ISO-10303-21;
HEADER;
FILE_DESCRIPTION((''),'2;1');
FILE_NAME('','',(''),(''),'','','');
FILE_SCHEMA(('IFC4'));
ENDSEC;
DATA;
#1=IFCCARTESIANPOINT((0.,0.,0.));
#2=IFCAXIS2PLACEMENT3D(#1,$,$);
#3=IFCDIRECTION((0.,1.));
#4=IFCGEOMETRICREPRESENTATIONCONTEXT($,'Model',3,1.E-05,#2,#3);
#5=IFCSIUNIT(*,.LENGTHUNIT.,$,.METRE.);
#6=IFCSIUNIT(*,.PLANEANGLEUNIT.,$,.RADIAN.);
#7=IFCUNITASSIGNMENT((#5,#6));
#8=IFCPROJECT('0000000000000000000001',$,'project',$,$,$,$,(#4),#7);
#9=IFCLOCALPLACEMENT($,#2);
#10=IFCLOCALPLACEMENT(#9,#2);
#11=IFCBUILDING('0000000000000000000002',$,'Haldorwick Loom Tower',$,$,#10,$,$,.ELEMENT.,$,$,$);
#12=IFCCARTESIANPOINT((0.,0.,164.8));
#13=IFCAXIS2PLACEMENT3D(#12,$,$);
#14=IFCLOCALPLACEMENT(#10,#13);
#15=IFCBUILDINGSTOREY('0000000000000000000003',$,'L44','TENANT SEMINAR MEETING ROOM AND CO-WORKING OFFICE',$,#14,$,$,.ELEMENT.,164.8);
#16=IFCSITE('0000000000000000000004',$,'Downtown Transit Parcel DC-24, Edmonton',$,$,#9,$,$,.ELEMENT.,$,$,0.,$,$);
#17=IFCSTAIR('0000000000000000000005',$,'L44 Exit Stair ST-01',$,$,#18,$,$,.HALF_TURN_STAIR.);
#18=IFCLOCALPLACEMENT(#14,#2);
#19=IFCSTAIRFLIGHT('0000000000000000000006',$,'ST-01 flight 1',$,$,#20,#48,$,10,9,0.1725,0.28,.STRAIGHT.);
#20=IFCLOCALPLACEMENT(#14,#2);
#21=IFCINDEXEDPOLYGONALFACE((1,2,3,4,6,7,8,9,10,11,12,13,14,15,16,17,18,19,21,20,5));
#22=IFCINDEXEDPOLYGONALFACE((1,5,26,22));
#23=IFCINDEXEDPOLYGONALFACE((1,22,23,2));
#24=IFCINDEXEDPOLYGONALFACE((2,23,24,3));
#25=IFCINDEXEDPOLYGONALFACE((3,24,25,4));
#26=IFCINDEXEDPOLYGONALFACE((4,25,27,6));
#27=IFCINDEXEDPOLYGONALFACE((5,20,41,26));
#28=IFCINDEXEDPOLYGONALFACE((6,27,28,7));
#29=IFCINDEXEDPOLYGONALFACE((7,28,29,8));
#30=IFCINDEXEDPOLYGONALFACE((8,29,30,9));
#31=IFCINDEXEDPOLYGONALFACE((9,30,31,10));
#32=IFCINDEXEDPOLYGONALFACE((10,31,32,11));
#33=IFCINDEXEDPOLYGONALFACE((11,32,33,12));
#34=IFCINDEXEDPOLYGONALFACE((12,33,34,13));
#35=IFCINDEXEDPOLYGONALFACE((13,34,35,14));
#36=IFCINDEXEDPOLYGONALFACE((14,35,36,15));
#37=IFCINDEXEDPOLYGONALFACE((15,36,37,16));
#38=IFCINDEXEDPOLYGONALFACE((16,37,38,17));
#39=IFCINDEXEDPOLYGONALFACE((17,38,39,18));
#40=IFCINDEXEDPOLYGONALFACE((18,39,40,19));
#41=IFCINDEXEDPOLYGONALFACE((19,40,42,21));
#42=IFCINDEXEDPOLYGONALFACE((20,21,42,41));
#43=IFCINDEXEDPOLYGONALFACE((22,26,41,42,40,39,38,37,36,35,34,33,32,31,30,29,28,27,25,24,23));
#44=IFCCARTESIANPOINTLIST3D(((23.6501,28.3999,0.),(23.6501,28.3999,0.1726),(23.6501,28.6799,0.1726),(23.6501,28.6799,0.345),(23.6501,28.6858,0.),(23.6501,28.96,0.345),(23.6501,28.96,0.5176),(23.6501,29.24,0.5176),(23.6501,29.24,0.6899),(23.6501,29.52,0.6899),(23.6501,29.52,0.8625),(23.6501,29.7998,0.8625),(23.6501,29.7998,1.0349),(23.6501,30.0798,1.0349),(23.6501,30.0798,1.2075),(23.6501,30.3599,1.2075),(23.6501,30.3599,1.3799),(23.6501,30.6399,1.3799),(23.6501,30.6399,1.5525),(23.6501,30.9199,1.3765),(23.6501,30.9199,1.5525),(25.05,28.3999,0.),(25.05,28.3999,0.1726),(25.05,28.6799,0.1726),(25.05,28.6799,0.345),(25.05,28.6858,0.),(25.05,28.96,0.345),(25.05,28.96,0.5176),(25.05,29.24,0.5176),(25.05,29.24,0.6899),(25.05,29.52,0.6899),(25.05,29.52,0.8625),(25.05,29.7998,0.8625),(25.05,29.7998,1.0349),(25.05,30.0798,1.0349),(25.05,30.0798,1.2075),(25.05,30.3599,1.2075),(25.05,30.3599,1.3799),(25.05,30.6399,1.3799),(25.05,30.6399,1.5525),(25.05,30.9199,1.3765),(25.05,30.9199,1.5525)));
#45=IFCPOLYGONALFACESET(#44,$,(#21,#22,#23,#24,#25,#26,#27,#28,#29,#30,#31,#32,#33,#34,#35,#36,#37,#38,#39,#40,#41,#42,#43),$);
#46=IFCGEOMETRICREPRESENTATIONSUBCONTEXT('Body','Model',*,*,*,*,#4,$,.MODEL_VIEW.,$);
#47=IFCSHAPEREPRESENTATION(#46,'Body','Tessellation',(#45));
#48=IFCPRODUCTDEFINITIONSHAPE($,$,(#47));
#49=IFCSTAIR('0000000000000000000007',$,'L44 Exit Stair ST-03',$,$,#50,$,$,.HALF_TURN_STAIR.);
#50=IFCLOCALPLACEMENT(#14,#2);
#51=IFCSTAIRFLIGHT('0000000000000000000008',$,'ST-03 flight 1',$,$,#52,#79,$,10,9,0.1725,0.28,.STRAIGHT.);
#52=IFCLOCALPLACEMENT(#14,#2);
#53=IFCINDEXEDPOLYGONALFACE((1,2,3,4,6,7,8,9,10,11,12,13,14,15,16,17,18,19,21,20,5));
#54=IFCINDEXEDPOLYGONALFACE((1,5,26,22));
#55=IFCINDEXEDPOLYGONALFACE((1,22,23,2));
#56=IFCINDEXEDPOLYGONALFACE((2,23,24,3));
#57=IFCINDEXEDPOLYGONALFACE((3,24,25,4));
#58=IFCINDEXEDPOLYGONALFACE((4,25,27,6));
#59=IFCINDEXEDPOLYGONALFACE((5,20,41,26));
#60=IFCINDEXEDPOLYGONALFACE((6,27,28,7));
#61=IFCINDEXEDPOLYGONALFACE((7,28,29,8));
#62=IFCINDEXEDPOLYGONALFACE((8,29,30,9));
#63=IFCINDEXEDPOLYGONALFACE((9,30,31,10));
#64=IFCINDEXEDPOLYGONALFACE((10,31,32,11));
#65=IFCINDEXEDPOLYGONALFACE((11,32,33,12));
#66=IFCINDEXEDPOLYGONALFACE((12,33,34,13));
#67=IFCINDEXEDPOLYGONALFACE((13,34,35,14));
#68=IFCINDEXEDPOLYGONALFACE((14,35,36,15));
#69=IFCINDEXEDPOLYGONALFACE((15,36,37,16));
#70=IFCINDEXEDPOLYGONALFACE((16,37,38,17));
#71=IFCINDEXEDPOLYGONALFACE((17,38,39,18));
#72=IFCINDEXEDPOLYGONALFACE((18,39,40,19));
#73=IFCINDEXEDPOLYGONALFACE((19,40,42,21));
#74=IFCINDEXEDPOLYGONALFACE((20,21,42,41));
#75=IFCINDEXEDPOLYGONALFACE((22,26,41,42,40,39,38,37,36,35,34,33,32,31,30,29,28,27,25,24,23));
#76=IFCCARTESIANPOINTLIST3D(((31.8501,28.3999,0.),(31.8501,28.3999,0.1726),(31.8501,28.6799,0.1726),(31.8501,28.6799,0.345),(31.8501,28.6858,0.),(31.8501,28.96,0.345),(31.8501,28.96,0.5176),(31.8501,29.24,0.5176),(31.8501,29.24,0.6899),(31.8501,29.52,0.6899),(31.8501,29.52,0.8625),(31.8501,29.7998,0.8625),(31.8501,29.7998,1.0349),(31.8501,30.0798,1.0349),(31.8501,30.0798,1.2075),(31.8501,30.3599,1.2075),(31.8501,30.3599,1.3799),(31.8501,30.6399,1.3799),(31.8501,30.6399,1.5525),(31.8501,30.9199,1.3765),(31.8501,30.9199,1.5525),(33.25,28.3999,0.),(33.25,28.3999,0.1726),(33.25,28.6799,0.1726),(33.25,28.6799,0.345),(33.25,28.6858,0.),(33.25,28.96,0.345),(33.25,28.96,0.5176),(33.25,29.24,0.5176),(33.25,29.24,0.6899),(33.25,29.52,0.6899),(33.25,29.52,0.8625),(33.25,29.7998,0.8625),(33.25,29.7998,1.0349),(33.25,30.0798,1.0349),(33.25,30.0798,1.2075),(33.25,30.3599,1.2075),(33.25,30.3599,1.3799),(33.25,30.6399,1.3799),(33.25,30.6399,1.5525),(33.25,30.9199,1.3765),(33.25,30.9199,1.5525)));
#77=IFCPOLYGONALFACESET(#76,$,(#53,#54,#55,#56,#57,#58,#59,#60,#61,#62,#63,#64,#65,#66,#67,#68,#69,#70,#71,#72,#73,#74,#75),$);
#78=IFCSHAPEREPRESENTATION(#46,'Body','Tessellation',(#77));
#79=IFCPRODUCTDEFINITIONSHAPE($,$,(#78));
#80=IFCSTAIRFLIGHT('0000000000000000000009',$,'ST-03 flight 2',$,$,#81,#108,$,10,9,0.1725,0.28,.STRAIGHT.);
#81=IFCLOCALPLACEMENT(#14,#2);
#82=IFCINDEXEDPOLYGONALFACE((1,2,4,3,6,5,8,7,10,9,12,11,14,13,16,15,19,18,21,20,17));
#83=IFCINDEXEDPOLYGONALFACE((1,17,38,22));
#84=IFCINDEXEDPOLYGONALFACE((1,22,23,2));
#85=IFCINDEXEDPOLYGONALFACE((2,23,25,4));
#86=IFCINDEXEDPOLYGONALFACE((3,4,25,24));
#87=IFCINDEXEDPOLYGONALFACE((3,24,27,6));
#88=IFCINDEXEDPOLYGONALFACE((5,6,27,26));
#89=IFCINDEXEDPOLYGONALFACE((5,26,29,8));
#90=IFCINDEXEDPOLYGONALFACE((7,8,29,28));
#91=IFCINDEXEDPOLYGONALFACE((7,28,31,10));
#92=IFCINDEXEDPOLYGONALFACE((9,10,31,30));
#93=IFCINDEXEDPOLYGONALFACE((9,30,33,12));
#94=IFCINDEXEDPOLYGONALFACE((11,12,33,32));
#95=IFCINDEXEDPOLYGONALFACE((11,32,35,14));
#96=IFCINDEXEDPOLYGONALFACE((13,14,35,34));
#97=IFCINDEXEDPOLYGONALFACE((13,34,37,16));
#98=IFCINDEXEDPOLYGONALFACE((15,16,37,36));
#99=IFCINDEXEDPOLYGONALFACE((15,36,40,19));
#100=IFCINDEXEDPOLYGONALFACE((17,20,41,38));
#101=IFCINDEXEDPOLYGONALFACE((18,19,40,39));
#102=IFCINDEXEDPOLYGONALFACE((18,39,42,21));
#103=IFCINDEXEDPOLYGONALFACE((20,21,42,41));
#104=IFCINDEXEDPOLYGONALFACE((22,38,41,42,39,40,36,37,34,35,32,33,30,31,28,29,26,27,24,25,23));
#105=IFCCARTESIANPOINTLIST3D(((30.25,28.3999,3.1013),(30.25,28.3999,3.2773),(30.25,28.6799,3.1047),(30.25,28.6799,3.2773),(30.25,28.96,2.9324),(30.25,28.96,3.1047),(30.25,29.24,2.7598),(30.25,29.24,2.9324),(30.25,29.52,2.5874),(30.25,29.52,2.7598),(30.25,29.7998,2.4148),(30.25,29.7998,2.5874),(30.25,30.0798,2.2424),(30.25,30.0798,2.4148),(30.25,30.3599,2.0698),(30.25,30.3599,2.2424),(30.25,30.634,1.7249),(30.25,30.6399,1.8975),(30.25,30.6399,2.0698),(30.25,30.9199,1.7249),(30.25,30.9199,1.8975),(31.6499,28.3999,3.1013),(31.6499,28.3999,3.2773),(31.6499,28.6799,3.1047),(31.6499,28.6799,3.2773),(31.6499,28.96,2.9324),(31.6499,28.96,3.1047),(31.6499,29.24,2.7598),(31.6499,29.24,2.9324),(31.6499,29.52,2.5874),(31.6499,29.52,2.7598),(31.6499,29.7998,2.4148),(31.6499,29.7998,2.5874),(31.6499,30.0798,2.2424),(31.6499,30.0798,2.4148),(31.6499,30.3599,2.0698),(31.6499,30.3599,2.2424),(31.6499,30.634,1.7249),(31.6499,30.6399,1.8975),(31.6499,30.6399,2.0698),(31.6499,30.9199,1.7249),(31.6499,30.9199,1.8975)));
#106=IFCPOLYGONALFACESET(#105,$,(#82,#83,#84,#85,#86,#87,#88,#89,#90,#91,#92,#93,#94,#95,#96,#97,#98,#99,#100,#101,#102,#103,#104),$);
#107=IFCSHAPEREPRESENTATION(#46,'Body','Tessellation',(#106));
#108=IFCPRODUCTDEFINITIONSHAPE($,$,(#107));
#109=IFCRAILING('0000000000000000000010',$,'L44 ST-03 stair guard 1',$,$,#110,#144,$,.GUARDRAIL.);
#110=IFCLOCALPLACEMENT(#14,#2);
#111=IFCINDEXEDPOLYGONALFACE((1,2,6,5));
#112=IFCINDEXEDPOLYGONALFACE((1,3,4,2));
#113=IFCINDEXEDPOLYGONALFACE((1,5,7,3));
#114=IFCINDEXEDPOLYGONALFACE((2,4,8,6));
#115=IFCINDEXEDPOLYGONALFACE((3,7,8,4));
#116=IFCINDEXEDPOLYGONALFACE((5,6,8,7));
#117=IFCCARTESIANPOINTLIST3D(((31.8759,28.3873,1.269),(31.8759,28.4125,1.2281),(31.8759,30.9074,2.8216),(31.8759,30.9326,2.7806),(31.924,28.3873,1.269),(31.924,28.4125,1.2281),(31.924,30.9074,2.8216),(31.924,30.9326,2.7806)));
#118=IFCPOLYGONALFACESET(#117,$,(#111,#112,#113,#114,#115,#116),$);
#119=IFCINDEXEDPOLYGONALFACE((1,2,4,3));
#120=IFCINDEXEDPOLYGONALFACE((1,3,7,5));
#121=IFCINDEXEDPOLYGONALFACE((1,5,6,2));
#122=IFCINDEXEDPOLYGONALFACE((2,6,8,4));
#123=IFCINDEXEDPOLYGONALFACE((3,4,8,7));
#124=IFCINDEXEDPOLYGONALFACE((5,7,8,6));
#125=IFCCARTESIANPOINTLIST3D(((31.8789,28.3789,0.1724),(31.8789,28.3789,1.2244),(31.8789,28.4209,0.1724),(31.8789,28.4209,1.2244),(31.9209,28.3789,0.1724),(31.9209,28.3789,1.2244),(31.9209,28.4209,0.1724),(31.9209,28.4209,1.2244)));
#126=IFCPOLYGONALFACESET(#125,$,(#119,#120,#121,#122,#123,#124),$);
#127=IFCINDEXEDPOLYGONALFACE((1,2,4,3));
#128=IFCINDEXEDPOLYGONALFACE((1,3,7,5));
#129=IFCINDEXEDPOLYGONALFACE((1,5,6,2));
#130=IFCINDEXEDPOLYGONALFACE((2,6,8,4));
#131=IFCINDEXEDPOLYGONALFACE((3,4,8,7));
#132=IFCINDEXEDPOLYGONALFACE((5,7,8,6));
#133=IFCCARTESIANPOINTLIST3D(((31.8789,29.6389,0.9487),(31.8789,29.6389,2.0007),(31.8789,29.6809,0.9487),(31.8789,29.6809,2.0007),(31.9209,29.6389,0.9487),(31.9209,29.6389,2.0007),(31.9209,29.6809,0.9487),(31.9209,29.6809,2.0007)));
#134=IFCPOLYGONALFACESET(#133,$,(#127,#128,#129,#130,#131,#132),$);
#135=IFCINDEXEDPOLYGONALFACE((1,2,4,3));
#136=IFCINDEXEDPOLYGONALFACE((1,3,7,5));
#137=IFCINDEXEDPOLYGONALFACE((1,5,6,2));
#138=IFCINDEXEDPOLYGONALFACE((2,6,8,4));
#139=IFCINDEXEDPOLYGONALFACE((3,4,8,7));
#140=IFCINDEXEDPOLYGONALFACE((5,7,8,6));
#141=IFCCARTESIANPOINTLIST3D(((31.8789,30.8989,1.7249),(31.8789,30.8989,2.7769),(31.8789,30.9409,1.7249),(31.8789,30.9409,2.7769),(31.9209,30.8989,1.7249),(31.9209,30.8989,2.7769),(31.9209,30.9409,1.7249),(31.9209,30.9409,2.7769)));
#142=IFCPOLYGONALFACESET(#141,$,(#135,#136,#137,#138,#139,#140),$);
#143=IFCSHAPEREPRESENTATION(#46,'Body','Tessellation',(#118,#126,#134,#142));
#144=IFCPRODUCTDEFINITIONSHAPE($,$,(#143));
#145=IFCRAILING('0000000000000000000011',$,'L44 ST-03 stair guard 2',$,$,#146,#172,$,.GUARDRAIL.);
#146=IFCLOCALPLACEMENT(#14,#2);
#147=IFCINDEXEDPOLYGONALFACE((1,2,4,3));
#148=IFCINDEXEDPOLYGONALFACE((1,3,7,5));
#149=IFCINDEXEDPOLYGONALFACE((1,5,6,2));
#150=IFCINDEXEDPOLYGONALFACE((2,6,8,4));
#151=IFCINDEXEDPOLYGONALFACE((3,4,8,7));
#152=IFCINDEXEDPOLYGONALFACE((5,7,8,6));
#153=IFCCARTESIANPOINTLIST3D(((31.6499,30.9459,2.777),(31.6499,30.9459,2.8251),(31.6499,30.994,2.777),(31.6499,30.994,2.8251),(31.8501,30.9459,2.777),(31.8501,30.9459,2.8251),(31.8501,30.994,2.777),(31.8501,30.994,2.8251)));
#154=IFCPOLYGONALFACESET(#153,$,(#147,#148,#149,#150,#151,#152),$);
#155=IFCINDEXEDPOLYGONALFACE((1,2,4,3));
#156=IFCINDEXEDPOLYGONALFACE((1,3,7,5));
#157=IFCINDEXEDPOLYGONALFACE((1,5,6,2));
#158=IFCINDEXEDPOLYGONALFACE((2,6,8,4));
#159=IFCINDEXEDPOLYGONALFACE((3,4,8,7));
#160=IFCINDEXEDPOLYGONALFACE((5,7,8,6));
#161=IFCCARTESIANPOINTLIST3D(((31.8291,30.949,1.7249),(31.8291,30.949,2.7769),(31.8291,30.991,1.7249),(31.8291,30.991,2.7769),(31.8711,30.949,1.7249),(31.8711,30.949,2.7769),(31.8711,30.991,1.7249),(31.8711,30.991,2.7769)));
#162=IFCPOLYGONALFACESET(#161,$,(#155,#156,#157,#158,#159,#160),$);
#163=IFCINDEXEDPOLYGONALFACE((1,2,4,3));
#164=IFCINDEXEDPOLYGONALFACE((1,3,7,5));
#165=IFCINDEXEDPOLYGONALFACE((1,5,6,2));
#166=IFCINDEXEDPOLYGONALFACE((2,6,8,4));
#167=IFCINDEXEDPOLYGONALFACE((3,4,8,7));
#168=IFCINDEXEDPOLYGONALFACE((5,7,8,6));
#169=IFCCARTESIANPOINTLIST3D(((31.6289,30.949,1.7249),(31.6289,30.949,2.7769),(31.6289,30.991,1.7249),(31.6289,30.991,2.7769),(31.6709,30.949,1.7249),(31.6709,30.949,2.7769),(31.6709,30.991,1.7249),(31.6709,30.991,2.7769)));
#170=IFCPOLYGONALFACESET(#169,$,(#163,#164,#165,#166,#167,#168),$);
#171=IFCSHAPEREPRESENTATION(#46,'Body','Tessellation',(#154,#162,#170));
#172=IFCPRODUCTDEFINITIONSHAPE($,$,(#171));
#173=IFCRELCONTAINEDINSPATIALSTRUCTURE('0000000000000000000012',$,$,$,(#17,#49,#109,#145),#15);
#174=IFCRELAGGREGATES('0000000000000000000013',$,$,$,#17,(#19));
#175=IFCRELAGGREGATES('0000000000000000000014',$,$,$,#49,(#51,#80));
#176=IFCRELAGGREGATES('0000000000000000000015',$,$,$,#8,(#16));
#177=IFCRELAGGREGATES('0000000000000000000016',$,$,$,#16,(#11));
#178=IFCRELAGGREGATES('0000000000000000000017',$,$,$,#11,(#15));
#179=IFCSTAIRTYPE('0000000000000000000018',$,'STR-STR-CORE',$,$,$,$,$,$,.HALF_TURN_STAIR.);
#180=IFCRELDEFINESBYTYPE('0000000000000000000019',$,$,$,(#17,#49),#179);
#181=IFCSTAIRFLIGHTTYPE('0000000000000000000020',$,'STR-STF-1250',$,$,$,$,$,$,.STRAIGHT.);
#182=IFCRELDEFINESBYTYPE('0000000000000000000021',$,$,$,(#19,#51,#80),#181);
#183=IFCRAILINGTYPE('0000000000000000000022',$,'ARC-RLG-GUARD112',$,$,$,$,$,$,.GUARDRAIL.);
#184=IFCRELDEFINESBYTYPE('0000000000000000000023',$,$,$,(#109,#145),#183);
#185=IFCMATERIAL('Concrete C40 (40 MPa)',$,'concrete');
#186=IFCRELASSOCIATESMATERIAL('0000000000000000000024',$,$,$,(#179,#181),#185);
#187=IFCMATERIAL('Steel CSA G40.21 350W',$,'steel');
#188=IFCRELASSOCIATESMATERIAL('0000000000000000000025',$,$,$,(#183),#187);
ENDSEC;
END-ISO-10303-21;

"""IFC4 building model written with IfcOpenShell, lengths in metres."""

from ifc_helpers import new_model, si_unit, direction, frame, origin, origin_2d, place, context, subcontext, project, spatial, polyline, rectangle, outline, extrude, material, type_object, element, aggregate, save


model = new_model("IFC4")

# Units and contexts
model_context = context("Model", 3, precision=1e-05, world=origin(), true_north=direction((0.0, 1.0)))
body_context = subcontext(model_context, "Body", "Model", "MODEL_VIEW")
ifc_project = project(units=[si_unit("LENGTHUNIT", "METRE"), si_unit("PLANEANGLEUNIT", "RADIAN")], contexts=[model_context])

# Site, building, storey
site_placement = place(None, origin())
site = spatial("IfcSite", under=ifc_project, at=site_placement, Name="Downtown Transit Parcel DC-24, Edmonton", CompositionType="ELEMENT", RefElevation=0.0)
building_placement = place(site_placement, origin())
building = spatial("IfcBuilding", under=site, at=building_placement, Name="Haldorwick Loom Tower", CompositionType="ELEMENT")
storey_placement = place(building_placement, frame((0.0, 0.0, 164.8)))
storey = spatial("IfcBuildingStorey", under=building, at=storey_placement, Name="L44", Description="TENANT SEMINAR MEETING ROOM AND CO-WORKING OFFICE", CompositionType="ELEMENT", Elevation=164.8)

# Shared definitions
ifc_material_1 = material(Name="Steel CSA G40.21 350W", Category="steel")

# Stair, stair flight
ifc_material_2 = material(Name="Concrete C40 (40 MPa)", Category="concrete")
stair_type = type_object("IfcStairType", Name="STR-STR-CORE", PredefinedType="HALF_TURN_STAIR", material=ifc_material_2)
stair_1_placement = place(storey_placement, origin())
stair_1 = element("IfcStair", 1, at=stair_1_placement, inside=storey, type_object=stair_type, Name="L44 Exit Stair ST-01", PredefinedType="HALF_TURN_STAIR")
stair_flight_type = type_object("IfcStairFlightType", Name="STR-STF-1250", PredefinedType="STRAIGHT", material=ifc_material_2)
stair_flight_1_placement = place(storey_placement, frame((24.3501, 28.3999, 0.0), z_axis=(0.0, 0.0, 1.0), x_axis=(0.0, 1.0, 0.0)))
stair_flight_1 = element("IfcStairFlight", 2, at=stair_flight_1_placement, type_object=stair_flight_type, Name="ST-01 flight 1", NumberOfRisers=10, NumberOfTreads=9, PredefinedType="STRAIGHT", RiserHeight=0.1725, TreadLength=0.28, context=body_context, shape_type="SweptSolid", body=[
    extrude(outline(polyline([(0.0, 0.0), (0.0, 0.1726), (0.28, 0.1726), (0.28, 0.345), (0.5601, 0.345), (0.5601, 0.5176), (0.8401, 0.5176), (0.8401, 0.6899), (1.1201, 0.6899), (1.1201, 0.8625), (1.3999, 0.8625), (1.3999, 1.0349), (1.6799, 1.0349), (1.6799, 1.2075), (1.96, 1.2075), (1.96, 1.3799), (2.24, 1.3799), (2.24, 1.5525), (2.52, 1.5525), (2.52, 1.7251), (2.52, 1.3765), (0.2859, 0.0), (0.0, 0.0)])), frame((0.0, 0.7, 0.0), z_axis=(0.0, -1.0, 0.0), x_axis=(1.0, 0.0, 0.0)), (0.0, 0.0, 1.0), 1.3999),
])
aggregate(stair_1, [stair_flight_1])

# Stair, stair flights
stair_2_placement = place(storey_placement, origin())
stair_2 = element("IfcStair", 3, at=stair_2_placement, inside=storey, type_object=stair_type, Name="L44 Exit Stair ST-03", PredefinedType="HALF_TURN_STAIR")
stair_flight_2_placement = place(storey_placement, frame((32.55, 28.3999, 0.0), z_axis=(0.0, 0.0, 1.0), x_axis=(0.0, 1.0, 0.0)))
stair_flight_2 = element("IfcStairFlight", 4, at=stair_flight_2_placement, type_object=stair_flight_type, Name="ST-03 flight 1", NumberOfRisers=10, NumberOfTreads=9, PredefinedType="STRAIGHT", RiserHeight=0.1725, TreadLength=0.28, context=body_context, shape_type="SweptSolid", body=[
    extrude(outline(polyline([(0.0, 0.0), (0.0, 0.1726), (0.28, 0.1726), (0.28, 0.345), (0.5601, 0.345), (0.5601, 0.5176), (0.8401, 0.5176), (0.8401, 0.6899), (1.1201, 0.6899), (1.1201, 0.8625), (1.3999, 0.8625), (1.3999, 1.0349), (1.6799, 1.0349), (1.6799, 1.2075), (1.96, 1.2075), (1.96, 1.3799), (2.24, 1.3799), (2.24, 1.5525), (2.52, 1.5525), (2.52, 1.7251), (2.52, 1.3765), (0.2859, 0.0), (0.0, 0.0)])), frame((0.0, 0.7, 0.0), z_axis=(0.0, -1.0, 0.0), x_axis=(1.0, 0.0, 0.0)), (0.0, 0.0, 1.0), 1.3999),
])
stair_flight_3_placement = place(storey_placement, frame((30.95, 30.9199, 1.7249), z_axis=(0.0, 0.0, 1.0), x_axis=(0.0, -1.0, 0.0)))
stair_flight_3 = element("IfcStairFlight", 5, at=stair_flight_3_placement, type_object=stair_flight_type, Name="ST-03 flight 2", NumberOfRisers=10, NumberOfTreads=9, PredefinedType="STRAIGHT", RiserHeight=0.1725, TreadLength=0.28, context=body_context, shape_type="SweptSolid", body=[
    extrude(outline(polyline([(0.0, 0.0), (0.0, 0.1726), (0.28, 0.1726), (0.28, 0.345), (0.5601, 0.345), (0.5601, 0.5176), (0.8401, 0.5176), (0.8401, 0.6899), (1.1201, 0.6899), (1.1201, 0.8625), (1.3999, 0.8625), (1.3999, 1.0349), (1.6799, 1.0349), (1.6799, 1.2075), (1.96, 1.2075), (1.96, 1.3799), (2.24, 1.3799), (2.24, 1.5525), (2.52, 1.5525), (2.52, 1.7251), (2.52, 1.3765), (0.2859, 0.0), (0.0, 0.0)])), frame((0.0, 0.7, 0.0), z_axis=(0.0, -1.0, 0.0), x_axis=(1.0, 0.0, 0.0)), (0.0, 0.0, 1.0), 1.3999),
])
aggregate(stair_2, [stair_flight_2, stair_flight_3])

# Railings
railing_type_1 = type_object("IfcRailingType", Name="ARC-RLG-GUARD112", PredefinedType="GUARDRAIL", material=ifc_material_1)
railing_1_placement = place(storey_placement, frame((31.8999, 28.3999, 0.1724)))
element("IfcRailing", 6, at=railing_1_placement, inside=storey, type_object=railing_type_1, Name="L44 ST-03 stair guard 1", PredefinedType="GUARDRAIL", context=body_context, shape_type="SweptSolid", body=[
    extrude(rectangle(XDim=0.0481, YDim=0.0481, at=origin_2d()), frame((0.0, 0.0, 1.0762), z_axis=(0.0, 0.8514, 0.524516), x_axis=(-1.0, 0.0, 0.0)), (0.0, 0.0, 1.0), 2.96),
    extrude(rectangle(XDim=0.042, YDim=0.042, at=origin_2d()), origin(), (0.0, 0.0, 1.0), 1.052),
    extrude(rectangle(XDim=0.042, YDim=0.042, at=origin_2d()), frame((0.0, 1.26, 0.7764)), (0.0, 0.0, 1.0), 1.052),
    extrude(rectangle(XDim=0.042, YDim=0.042, at=origin_2d()), frame((0.0, 2.52, 1.5525)), (0.0, 0.0, 1.0), 1.052),
])
railing_2_placement = place(storey_placement, frame((31.8501, 30.97, 1.7249)))
element("IfcRailing", 7, at=railing_2_placement, inside=storey, type_object=railing_type_1, Name="L44 ST-03 stair guard 2", PredefinedType="GUARDRAIL", context=body_context, shape_type="SweptSolid", body=[
    extrude(rectangle(XDim=0.0481, YDim=0.0481, at=origin_2d()), frame((0.0, 0.0, 1.0762), z_axis=(-1.0, 0.0, 0.0), x_axis=(0.0, -1.0, 0.0)), (0.0, 0.0, 1.0), 0.2002),
    extrude(rectangle(XDim=0.042, YDim=0.042, at=origin_2d()), origin(), (0.0, 0.0, 1.0), 1.052),
    extrude(rectangle(XDim=0.042, YDim=0.042, at=origin_2d()), frame((-0.2002, 0.0, 0.0)), (0.0, 0.0, 1.0), 1.052),
])

save(model, "model.ifc")
